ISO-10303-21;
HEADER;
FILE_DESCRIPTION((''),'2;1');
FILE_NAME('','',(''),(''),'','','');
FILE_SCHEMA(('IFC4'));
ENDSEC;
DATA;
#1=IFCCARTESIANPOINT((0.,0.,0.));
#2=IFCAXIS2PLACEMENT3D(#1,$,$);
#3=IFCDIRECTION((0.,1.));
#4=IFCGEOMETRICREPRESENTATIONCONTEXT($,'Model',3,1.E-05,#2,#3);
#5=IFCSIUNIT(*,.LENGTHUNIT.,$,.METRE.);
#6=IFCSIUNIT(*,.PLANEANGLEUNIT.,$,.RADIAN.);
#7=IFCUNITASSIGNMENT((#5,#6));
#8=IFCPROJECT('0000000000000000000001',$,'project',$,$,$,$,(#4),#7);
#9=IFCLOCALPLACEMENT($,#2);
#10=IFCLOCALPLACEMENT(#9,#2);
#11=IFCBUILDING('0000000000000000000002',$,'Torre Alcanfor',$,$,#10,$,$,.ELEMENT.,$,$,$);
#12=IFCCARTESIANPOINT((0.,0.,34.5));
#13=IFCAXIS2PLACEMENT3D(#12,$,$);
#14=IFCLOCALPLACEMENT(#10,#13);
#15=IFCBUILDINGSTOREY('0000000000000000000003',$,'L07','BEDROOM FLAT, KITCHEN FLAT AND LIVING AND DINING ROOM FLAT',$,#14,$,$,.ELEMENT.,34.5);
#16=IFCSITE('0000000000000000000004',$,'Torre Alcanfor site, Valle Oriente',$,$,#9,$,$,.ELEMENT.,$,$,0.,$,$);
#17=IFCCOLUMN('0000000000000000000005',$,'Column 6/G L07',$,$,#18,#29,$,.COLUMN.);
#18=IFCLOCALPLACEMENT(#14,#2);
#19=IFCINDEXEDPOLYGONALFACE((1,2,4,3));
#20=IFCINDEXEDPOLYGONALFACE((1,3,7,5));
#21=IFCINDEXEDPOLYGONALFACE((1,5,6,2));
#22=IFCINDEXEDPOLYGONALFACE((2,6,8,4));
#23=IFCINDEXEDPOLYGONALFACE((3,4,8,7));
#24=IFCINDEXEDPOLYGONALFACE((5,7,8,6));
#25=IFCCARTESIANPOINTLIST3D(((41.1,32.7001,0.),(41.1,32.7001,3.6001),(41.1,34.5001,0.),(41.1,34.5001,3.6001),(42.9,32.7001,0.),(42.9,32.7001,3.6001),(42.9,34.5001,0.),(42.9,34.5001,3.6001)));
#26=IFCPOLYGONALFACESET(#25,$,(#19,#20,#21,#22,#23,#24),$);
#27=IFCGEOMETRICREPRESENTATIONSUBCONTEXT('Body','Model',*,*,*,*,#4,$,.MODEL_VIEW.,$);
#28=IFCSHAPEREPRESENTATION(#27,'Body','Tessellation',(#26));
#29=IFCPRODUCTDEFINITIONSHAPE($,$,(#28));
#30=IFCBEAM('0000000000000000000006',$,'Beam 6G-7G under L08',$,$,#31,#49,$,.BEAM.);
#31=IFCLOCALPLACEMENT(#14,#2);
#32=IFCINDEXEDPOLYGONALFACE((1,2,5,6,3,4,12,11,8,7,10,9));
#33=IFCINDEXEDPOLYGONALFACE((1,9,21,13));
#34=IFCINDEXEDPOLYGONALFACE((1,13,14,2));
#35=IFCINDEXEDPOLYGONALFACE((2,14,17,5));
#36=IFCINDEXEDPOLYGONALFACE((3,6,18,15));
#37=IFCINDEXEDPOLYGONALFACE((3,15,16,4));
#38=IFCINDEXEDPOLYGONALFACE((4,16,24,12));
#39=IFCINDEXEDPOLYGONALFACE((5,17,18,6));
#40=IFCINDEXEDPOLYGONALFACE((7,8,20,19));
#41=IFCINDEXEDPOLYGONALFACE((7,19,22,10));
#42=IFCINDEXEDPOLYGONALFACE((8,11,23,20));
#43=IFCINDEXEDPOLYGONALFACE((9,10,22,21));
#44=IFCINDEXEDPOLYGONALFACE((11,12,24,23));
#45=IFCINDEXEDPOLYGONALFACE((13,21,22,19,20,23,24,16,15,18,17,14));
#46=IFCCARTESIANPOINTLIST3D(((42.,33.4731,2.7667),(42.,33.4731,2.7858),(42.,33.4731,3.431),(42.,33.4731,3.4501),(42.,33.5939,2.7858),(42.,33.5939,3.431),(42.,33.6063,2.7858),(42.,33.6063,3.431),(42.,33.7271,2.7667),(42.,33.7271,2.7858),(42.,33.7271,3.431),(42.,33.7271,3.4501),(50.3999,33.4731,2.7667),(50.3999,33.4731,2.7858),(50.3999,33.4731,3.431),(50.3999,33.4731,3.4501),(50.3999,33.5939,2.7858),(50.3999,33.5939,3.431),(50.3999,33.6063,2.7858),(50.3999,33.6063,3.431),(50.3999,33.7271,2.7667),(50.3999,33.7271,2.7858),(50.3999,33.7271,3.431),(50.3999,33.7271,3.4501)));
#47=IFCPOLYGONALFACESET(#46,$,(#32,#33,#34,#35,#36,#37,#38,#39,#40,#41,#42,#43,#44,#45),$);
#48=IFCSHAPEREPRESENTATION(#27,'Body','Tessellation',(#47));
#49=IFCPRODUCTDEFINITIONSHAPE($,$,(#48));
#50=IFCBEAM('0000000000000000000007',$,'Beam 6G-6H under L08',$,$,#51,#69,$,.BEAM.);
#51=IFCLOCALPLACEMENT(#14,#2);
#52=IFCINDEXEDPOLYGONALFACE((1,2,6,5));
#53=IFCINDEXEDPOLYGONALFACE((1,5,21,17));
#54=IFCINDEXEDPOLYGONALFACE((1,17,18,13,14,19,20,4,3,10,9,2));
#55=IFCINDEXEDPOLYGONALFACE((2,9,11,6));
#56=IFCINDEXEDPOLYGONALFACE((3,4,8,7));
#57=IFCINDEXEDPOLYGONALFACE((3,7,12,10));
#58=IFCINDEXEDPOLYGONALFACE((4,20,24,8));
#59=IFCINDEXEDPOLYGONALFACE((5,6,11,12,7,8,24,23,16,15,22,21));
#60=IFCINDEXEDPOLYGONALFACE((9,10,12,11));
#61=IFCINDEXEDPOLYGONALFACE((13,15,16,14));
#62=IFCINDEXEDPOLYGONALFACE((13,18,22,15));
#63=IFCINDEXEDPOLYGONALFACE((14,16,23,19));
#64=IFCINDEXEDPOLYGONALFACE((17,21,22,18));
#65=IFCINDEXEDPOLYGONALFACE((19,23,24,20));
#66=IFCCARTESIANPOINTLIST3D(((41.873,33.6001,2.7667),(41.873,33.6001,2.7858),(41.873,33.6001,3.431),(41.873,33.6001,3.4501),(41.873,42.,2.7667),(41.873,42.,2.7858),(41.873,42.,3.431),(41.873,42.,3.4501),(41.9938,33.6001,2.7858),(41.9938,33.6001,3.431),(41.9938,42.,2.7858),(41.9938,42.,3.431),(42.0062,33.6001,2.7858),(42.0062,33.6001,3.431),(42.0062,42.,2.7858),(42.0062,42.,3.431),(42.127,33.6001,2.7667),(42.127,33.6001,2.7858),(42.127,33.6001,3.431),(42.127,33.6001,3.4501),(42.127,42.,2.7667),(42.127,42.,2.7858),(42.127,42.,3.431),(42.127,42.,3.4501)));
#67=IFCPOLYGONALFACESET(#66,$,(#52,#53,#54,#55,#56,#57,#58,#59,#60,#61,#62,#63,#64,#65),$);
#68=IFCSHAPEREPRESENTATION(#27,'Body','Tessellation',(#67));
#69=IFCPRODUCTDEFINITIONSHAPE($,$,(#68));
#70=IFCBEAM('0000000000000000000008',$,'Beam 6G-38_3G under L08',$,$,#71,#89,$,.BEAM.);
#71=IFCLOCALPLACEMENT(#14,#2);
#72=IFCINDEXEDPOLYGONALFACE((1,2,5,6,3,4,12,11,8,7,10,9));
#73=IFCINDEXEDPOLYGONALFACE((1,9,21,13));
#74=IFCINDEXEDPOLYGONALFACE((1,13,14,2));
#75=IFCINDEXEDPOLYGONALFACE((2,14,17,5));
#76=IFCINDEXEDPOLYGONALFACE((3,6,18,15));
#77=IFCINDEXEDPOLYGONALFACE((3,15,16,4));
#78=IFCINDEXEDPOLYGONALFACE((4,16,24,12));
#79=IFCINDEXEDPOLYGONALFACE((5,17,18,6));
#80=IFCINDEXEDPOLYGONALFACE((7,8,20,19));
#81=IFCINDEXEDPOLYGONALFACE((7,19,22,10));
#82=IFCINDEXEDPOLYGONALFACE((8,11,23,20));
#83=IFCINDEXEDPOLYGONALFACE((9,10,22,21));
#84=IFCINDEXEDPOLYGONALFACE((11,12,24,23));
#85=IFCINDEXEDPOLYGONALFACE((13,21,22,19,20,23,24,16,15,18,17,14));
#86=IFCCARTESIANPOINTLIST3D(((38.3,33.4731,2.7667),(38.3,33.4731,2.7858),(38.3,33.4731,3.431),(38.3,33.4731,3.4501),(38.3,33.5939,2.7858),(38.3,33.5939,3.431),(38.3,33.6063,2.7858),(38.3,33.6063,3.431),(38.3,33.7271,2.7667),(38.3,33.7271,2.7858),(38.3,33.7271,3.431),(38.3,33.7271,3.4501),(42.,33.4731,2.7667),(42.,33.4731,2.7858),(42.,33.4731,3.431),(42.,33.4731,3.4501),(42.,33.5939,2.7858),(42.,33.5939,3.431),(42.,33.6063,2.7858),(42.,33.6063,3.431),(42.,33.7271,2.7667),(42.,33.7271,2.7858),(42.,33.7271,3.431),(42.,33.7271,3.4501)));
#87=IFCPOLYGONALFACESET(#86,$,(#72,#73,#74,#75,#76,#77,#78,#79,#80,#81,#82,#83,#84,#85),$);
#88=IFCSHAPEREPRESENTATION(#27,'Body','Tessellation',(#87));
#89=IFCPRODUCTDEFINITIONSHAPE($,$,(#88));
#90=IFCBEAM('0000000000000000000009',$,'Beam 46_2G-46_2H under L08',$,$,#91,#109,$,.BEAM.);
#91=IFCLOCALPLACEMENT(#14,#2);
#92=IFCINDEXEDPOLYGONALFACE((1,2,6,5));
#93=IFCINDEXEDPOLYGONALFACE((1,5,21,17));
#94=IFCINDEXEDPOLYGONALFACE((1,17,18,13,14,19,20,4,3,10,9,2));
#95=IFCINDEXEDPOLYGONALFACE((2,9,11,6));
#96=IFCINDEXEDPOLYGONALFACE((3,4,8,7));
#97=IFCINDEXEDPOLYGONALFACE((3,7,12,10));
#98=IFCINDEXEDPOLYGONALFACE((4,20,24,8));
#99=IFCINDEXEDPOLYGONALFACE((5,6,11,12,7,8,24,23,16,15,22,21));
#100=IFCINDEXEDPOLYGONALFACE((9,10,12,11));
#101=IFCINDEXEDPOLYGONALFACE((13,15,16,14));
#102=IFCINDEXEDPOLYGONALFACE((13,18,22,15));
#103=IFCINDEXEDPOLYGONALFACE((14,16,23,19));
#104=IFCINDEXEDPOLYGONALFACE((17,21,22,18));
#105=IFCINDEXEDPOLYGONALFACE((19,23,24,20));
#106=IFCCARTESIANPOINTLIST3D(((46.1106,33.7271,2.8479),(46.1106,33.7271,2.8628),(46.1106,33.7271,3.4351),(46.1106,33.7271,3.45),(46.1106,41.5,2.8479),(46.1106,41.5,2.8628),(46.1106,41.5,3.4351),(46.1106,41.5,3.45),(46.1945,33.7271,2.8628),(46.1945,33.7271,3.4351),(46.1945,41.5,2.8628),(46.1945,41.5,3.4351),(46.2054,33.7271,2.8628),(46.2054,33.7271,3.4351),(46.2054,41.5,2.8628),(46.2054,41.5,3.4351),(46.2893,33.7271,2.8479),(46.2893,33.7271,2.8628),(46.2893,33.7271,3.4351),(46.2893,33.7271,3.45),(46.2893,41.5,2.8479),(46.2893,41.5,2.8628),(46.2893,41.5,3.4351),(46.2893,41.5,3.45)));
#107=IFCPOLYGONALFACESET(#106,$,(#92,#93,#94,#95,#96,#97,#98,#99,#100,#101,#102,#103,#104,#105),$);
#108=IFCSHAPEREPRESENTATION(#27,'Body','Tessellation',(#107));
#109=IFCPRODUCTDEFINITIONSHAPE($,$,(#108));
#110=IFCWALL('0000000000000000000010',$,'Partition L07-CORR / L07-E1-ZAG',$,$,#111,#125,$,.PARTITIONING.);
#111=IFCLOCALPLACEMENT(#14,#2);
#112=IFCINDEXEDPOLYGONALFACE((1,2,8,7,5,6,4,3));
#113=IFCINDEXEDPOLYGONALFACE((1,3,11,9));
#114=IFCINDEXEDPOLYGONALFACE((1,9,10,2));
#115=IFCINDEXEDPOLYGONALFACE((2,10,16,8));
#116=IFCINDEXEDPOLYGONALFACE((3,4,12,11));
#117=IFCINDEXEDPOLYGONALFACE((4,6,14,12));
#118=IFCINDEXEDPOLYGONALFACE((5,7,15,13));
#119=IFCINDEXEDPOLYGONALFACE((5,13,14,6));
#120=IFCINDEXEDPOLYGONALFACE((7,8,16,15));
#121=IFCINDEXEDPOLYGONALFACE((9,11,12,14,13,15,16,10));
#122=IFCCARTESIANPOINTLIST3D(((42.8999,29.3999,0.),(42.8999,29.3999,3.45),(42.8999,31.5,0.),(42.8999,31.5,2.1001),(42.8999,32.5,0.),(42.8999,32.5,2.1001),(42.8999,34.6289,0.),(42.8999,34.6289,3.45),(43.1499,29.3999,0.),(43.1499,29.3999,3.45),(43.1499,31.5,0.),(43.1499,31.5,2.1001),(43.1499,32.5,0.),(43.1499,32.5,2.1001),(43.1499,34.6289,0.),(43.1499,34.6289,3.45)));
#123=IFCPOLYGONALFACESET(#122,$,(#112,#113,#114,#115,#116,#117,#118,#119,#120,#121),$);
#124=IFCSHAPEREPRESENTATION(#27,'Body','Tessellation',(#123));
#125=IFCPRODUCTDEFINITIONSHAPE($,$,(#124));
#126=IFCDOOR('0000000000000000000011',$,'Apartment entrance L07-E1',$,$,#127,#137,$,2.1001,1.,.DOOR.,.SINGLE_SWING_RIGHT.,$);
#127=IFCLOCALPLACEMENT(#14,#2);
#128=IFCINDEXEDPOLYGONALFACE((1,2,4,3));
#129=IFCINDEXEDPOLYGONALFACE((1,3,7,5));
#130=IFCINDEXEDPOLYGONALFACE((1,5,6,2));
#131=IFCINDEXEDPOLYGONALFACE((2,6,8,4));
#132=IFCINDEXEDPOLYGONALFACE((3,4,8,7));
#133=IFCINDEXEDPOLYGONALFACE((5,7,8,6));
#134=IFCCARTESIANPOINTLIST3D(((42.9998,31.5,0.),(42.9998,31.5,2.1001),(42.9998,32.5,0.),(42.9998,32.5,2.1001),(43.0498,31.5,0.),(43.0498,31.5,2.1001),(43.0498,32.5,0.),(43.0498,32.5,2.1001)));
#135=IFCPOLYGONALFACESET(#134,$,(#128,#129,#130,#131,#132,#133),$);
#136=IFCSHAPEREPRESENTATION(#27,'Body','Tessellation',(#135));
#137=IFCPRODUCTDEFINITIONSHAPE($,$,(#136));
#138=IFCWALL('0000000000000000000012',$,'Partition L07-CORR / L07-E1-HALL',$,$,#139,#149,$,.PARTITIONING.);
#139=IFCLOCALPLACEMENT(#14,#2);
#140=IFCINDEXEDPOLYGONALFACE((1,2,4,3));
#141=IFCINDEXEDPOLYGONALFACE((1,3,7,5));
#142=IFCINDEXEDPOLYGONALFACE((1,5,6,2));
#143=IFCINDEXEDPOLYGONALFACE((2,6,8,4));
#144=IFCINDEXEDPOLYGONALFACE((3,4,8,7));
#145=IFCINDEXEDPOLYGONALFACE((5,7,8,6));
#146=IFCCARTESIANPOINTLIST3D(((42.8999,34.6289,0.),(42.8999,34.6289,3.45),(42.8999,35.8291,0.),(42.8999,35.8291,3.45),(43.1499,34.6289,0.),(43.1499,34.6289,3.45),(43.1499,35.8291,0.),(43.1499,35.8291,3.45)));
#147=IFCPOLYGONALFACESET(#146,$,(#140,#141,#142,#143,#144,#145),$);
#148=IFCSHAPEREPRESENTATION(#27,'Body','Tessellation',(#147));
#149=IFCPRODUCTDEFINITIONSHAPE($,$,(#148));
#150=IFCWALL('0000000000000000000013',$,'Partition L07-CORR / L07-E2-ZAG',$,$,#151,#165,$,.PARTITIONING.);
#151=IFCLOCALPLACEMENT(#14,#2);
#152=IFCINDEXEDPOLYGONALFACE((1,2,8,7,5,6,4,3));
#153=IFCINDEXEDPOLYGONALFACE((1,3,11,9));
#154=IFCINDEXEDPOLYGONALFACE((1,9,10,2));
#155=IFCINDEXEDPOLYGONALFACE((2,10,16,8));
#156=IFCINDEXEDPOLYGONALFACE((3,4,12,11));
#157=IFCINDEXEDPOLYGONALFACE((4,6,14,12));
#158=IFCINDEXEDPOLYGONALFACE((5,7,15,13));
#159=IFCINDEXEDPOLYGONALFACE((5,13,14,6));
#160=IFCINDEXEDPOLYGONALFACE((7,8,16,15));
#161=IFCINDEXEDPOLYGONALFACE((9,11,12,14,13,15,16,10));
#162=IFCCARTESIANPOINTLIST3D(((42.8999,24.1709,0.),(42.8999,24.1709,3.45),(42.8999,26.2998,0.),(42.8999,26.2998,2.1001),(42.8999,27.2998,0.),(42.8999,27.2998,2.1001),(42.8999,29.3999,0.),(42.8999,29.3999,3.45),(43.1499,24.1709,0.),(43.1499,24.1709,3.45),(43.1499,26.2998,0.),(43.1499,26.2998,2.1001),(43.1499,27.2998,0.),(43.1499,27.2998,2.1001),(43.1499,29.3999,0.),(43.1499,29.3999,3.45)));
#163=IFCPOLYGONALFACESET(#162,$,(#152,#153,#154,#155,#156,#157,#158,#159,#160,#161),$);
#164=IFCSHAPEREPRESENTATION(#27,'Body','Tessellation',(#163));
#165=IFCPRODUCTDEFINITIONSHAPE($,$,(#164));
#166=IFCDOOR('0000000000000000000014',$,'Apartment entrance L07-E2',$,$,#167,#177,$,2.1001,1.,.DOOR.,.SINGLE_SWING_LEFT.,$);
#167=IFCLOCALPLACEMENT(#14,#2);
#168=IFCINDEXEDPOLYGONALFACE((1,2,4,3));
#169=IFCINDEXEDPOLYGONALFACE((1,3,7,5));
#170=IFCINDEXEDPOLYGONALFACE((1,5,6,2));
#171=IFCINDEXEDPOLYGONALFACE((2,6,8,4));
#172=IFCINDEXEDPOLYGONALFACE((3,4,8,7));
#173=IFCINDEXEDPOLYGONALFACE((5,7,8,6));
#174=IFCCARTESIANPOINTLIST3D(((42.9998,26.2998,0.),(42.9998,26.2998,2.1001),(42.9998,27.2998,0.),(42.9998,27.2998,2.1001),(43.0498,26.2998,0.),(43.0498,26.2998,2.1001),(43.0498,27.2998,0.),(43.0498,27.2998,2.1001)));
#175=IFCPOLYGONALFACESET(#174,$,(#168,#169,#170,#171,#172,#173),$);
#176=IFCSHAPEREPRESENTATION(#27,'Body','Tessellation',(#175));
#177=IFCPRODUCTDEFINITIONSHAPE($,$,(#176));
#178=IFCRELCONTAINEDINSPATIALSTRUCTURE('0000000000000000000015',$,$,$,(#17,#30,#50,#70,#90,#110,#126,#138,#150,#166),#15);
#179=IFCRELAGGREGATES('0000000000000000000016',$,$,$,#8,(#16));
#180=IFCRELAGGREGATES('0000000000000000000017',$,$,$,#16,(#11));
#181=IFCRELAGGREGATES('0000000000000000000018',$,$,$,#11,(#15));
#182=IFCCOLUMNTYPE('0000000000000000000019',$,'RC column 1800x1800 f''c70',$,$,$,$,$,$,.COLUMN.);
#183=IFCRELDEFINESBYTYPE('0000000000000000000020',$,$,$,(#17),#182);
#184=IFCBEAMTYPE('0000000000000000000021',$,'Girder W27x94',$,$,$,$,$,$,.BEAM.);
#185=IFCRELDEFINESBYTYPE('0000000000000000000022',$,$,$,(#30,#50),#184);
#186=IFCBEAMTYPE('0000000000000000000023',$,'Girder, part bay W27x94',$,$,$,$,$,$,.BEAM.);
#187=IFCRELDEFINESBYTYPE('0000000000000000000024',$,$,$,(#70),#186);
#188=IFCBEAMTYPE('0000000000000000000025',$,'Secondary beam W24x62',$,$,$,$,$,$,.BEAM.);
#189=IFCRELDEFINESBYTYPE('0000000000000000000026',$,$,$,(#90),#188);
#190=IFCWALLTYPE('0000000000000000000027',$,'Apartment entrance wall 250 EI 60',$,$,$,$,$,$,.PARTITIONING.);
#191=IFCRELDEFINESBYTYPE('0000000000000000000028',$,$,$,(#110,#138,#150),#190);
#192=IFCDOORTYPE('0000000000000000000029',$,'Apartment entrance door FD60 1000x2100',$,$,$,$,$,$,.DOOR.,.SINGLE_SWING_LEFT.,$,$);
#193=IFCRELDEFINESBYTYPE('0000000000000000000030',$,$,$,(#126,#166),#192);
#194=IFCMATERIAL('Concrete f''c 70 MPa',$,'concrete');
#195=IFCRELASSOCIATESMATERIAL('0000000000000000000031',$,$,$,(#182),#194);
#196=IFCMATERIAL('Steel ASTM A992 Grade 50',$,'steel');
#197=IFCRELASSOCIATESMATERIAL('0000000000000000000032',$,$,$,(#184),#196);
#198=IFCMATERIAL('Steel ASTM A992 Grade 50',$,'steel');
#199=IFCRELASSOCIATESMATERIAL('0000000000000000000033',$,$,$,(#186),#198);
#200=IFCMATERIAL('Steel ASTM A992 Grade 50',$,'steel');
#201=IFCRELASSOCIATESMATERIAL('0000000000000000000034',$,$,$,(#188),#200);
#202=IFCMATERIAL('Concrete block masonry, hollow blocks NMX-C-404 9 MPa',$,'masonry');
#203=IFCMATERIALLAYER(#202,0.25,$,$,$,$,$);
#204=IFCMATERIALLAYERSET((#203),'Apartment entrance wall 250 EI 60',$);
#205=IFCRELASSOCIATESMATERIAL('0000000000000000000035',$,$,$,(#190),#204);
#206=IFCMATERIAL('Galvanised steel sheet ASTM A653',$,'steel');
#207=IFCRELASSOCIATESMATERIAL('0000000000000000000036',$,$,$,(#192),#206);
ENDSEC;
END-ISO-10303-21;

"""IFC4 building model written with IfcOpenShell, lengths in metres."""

from ifc_helpers import new_model, si_unit, direction, frame, frame_2d, origin, origin_2d, place, context, subcontext, project, spatial, rectangle, i_section, extrude, material, layer, layer_set, material_profile, profile_set, type_object, element, fill, save


model = new_model("IFC4")

# Units and contexts
model_context = context("Model", 3, precision=1e-05, world=origin(), true_north=direction((0.0, 1.0)))
body_context = subcontext(model_context, "Body", "Model", "MODEL_VIEW")
ifc_project = project(units=[si_unit("LENGTHUNIT", "METRE"), si_unit("PLANEANGLEUNIT", "RADIAN")], contexts=[model_context])

# Site, building, storey
site_placement = place(None, origin())
site = spatial("IfcSite", under=ifc_project, at=site_placement, Name="Torre Alcanfor site, Valle Oriente", CompositionType="ELEMENT", RefElevation=0.0)
building_placement = place(site_placement, origin())
building = spatial("IfcBuilding", under=site, at=building_placement, Name="Torre Alcanfor", CompositionType="ELEMENT")
storey_placement = place(building_placement, frame((0.0, 0.0, 34.5)))
storey = spatial("IfcBuildingStorey", under=building, at=storey_placement, Name="L07", Description="BEDROOM FLAT, KITCHEN FLAT AND LIVING AND DINING ROOM FLAT", CompositionType="ELEMENT", Elevation=34.5)

# Column
ifc_material_1 = material(Name="Concrete f'c 70 MPa", Category="concrete")
ifc_material_profile_1 = material_profile(ifc_material_1, rectangle(XDim=1.8, YDim=1.8, at=origin_2d()), Name="1800x1800")
ifc_profile_set_1 = profile_set([ifc_material_profile_1], Name="Concrete f'c 70 MPa")
column_type = type_object("IfcColumnType", Name="RC column 1800x1800 f'c70", PredefinedType="COLUMN", material=ifc_profile_set_1)
column_placement = place(storey_placement, frame((42.0, 33.6001, 0.0), z_axis=(0.0, 0.0, 1.0), x_axis=(1.0, 0.0, 0.0)))
element("IfcColumn", 1, at=column_placement, inside=storey, type_object=column_type, Name="Column 6/G L07", PredefinedType="COLUMN", context=body_context, shape_type="SweptSolid", body=[
    extrude(rectangle(XDim=1.8, YDim=1.8, at=origin_2d()), origin(), (0.0, 0.0, 1.0), 3.6001),
])

# Beams
ifc_material_2 = material(Name="Steel ASTM A992 Grade 50", Category="steel")
ifc_material_profile_2 = material_profile(ifc_material_2, i_section(OverallWidth=0.2539, OverallDepth=0.6833, WebThickness=0.0125, FlangeThickness=0.019, at=origin_2d()), Name="W27x94")
ifc_profile_set_2 = profile_set([ifc_material_profile_2], Name="Steel ASTM A992 Grade 50")
beam_type_1 = type_object("IfcBeamType", Name="Girder W27x94", PredefinedType="BEAM", material=ifc_profile_set_2)
for number, where, z_axis, x_axis, name in (
    (2, (42.0, 33.6001, 3.1084), (1.0, 0.0, 0.0), (0.0, 1.0, 0.0), "Beam 6G-7G under L08"),
    (3, (42.0, 33.6001, 3.1084), (0.0, 1.0, 0.0), (-1.0, 0.0, 0.0), "Beam 6G-6H under L08"),
):
    element("IfcBeam", number, at=place(storey_placement, frame(where, z_axis=z_axis, x_axis=x_axis)), inside=storey, type_object=beam_type_1, Name=name, PredefinedType="BEAM", context=body_context, shape_type="SweptSolid", body=[
        extrude(i_section(OverallWidth=0.2539, OverallDepth=0.6833, WebThickness=0.0125, FlangeThickness=0.019, at=origin_2d()), origin(), (0.0, 0.0, 1.0), 8.3999),
    ])
ifc_material_3 = material(Name="Steel ASTM A992 Grade 50", Category="steel")
ifc_material_profile_3 = material_profile(ifc_material_3, i_section(OverallWidth=0.2539, OverallDepth=0.6833, WebThickness=0.0125, FlangeThickness=0.019, at=origin_2d()), Name="W27x94")
ifc_profile_set_3 = profile_set([ifc_material_profile_3], Name="Steel ASTM A992 Grade 50")
beam_type_2 = type_object("IfcBeamType", Name="Girder, part bay W27x94", PredefinedType="BEAM", material=ifc_profile_set_3)
beam_1_placement = place(storey_placement, frame((42.0, 33.6001, 3.1084), z_axis=(-1.0, 0.0, 0.0), x_axis=(0.0, -1.0, 0.0)))
element("IfcBeam", 4, at=beam_1_placement, inside=storey, type_object=beam_type_2, Name="Beam 6G-38_3G under L08", PredefinedType="BEAM", context=body_context, shape_type="SweptSolid", body=[
    extrude(i_section(OverallWidth=0.2539, OverallDepth=0.6833, WebThickness=0.0125, FlangeThickness=0.019, at=origin_2d()), origin(), (0.0, 0.0, 1.0), 3.7),
])
ifc_material_4 = material(Name="Steel ASTM A992 Grade 50", Category="steel")
ifc_material_profile_4 = material_profile(ifc_material_4, i_section(OverallWidth=0.1787, OverallDepth=0.6021, WebThickness=0.011, FlangeThickness=0.0149, at=origin_2d()), Name="W24x62")
ifc_profile_set_4 = profile_set([ifc_material_profile_4], Name="Steel ASTM A992 Grade 50")
beam_type_3 = type_object("IfcBeamType", Name="Secondary beam W24x62", PredefinedType="BEAM", material=ifc_profile_set_4)
beam_2_placement = place(storey_placement, frame((46.2, 33.7271, 3.1489), z_axis=(0.0, 1.0, 0.0), x_axis=(-1.0, 0.0, 0.0)))
element("IfcBeam", 5, at=beam_2_placement, inside=storey, type_object=beam_type_3, Name="Beam 46_2G-46_2H under L08", PredefinedType="BEAM", context=body_context, shape_type="SweptSolid", body=[
    extrude(i_section(OverallWidth=0.1787, OverallDepth=0.6021, WebThickness=0.011, FlangeThickness=0.0149, at=origin_2d()), origin(), (0.0, 0.0, 1.0), 7.7729),
])

# Wall, opening, door
ifc_material_5 = material(Name="Concrete block masonry, hollow blocks NMX-C-404 9 MPa", Category="masonry")
ifc_layer_1 = layer(ifc_material_5, 0.25)
ifc_layer_set_1 = layer_set([ifc_layer_1], Name="Apartment entrance wall 250 EI 60")
wall_type_1 = type_object("IfcWallType", Name="Apartment entrance wall 250 EI 60", PredefinedType="PARTITIONING", material=ifc_layer_set_1)
wall_1_placement = place(storey_placement, frame((43.0249, 34.6289, 0.0), z_axis=(0.0, 0.0, 1.0), x_axis=(0.0, -1.0, 0.0)))
wall_1 = element("IfcWall", 6, at=wall_1_placement, inside=storey, type_object=wall_type_1, Name="Partition L07-CORR / L07-E1-ZAG", PredefinedType="PARTITIONING", context=body_context, shape_type="SweptSolid", body=[
    extrude(rectangle(XDim=5.229, YDim=0.25, at=frame_2d((2.6145, 0.0))), origin(), (0.0, 0.0, 1.0), 3.45),
])
opening_1_placement = place(wall_1_placement, frame((2.1289, 0.0, 0.0)))
opening_1 = element("IfcOpeningElement", 7, at=opening_1_placement, cuts=wall_1, PredefinedType="OPENING", context=body_context, shape_type="SweptSolid", body=[
    extrude(rectangle(XDim=1.0, YDim=2.1001, at=frame_2d((0.5, 1.05))), frame((0.0, 0.135, 0.0), z_axis=(0.0, -1.0, 0.0), x_axis=(1.0, 0.0, 0.0)), (0.0, 0.0, 1.0), 0.27),
])
ifc_material_6 = material(Name="Galvanised steel sheet ASTM A653", Category="steel")
door_type_1 = type_object("IfcDoorType", Name="Apartment entrance door FD60 1000x2100", OperationType="SINGLE_SWING_LEFT", PredefinedType="DOOR", material=ifc_material_6)
door_1_placement = place(opening_1_placement, origin())
door_1 = element("IfcDoor", 8, at=door_1_placement, inside=storey, type_object=door_type_1, Name="Apartment entrance L07-E1", OperationType="SINGLE_SWING_RIGHT", OverallHeight=2.1001, OverallWidth=1.0, PredefinedType="DOOR", context=body_context, shape_type="SweptSolid", body=[
    extrude(rectangle(XDim=1.0, YDim=2.1001, at=frame_2d((0.5, 1.05))), frame((0.0, 0.0249, 0.0), z_axis=(0.0, -1.0, 0.0), x_axis=(1.0, 0.0, 0.0)), (0.0, 0.0, 1.0), 0.05),
])
fill(opening_1, door_1)

# Wall
wall_2_placement = place(storey_placement, frame((43.0249, 35.8291, 0.0), z_axis=(0.0, 0.0, 1.0), x_axis=(0.0, -1.0, 0.0)))
element("IfcWall", 9, at=wall_2_placement, inside=storey, type_object=wall_type_1, Name="Partition L07-CORR / L07-E1-HALL", PredefinedType="PARTITIONING", context=body_context, shape_type="SweptSolid", body=[
    extrude(rectangle(XDim=1.2002, YDim=0.25, at=frame_2d((0.6001, 0.0))), origin(), (0.0, 0.0, 1.0), 3.45),
])

# Wall, opening, door
wall_3_placement = place(storey_placement, frame((43.0249, 29.3999, 0.0), z_axis=(0.0, 0.0, 1.0), x_axis=(0.0, -1.0, 0.0)))
wall_3 = element("IfcWall", 10, at=wall_3_placement, inside=storey, type_object=wall_type_1, Name="Partition L07-CORR / L07-E2-ZAG", PredefinedType="PARTITIONING", context=body_context, shape_type="SweptSolid", body=[
    extrude(rectangle(XDim=5.229, YDim=0.25, at=frame_2d((2.6145, 0.0))), origin(), (0.0, 0.0, 1.0), 3.45),
])
opening_2_placement = place(wall_3_placement, frame((2.1001, 0.0, 0.0)))
opening_2 = element("IfcOpeningElement", 11, at=opening_2_placement, cuts=wall_3, PredefinedType="OPENING", context=body_context, shape_type="SweptSolid", body=[
    extrude(rectangle(XDim=1.0, YDim=2.1001, at=frame_2d((0.5, 1.05))), frame((0.0, 0.135, 0.0), z_axis=(0.0, -1.0, 0.0), x_axis=(1.0, 0.0, 0.0)), (0.0, 0.0, 1.0), 0.27),
])
door_2_placement = place(opening_2_placement, origin())
door_2 = element("IfcDoor", 12, at=door_2_placement, inside=storey, type_object=door_type_1, Name="Apartment entrance L07-E2", OperationType="SINGLE_SWING_LEFT", OverallHeight=2.1001, OverallWidth=1.0, PredefinedType="DOOR", context=body_context, shape_type="SweptSolid", body=[
    extrude(rectangle(XDim=1.0, YDim=2.1001, at=frame_2d((0.5, 1.05))), frame((0.0, 0.0249, 0.0), z_axis=(0.0, -1.0, 0.0), x_axis=(1.0, 0.0, 0.0)), (0.0, 0.0, 1.0), 0.05),
])
fill(opening_2, door_2)

save(model, "model.ifc")
